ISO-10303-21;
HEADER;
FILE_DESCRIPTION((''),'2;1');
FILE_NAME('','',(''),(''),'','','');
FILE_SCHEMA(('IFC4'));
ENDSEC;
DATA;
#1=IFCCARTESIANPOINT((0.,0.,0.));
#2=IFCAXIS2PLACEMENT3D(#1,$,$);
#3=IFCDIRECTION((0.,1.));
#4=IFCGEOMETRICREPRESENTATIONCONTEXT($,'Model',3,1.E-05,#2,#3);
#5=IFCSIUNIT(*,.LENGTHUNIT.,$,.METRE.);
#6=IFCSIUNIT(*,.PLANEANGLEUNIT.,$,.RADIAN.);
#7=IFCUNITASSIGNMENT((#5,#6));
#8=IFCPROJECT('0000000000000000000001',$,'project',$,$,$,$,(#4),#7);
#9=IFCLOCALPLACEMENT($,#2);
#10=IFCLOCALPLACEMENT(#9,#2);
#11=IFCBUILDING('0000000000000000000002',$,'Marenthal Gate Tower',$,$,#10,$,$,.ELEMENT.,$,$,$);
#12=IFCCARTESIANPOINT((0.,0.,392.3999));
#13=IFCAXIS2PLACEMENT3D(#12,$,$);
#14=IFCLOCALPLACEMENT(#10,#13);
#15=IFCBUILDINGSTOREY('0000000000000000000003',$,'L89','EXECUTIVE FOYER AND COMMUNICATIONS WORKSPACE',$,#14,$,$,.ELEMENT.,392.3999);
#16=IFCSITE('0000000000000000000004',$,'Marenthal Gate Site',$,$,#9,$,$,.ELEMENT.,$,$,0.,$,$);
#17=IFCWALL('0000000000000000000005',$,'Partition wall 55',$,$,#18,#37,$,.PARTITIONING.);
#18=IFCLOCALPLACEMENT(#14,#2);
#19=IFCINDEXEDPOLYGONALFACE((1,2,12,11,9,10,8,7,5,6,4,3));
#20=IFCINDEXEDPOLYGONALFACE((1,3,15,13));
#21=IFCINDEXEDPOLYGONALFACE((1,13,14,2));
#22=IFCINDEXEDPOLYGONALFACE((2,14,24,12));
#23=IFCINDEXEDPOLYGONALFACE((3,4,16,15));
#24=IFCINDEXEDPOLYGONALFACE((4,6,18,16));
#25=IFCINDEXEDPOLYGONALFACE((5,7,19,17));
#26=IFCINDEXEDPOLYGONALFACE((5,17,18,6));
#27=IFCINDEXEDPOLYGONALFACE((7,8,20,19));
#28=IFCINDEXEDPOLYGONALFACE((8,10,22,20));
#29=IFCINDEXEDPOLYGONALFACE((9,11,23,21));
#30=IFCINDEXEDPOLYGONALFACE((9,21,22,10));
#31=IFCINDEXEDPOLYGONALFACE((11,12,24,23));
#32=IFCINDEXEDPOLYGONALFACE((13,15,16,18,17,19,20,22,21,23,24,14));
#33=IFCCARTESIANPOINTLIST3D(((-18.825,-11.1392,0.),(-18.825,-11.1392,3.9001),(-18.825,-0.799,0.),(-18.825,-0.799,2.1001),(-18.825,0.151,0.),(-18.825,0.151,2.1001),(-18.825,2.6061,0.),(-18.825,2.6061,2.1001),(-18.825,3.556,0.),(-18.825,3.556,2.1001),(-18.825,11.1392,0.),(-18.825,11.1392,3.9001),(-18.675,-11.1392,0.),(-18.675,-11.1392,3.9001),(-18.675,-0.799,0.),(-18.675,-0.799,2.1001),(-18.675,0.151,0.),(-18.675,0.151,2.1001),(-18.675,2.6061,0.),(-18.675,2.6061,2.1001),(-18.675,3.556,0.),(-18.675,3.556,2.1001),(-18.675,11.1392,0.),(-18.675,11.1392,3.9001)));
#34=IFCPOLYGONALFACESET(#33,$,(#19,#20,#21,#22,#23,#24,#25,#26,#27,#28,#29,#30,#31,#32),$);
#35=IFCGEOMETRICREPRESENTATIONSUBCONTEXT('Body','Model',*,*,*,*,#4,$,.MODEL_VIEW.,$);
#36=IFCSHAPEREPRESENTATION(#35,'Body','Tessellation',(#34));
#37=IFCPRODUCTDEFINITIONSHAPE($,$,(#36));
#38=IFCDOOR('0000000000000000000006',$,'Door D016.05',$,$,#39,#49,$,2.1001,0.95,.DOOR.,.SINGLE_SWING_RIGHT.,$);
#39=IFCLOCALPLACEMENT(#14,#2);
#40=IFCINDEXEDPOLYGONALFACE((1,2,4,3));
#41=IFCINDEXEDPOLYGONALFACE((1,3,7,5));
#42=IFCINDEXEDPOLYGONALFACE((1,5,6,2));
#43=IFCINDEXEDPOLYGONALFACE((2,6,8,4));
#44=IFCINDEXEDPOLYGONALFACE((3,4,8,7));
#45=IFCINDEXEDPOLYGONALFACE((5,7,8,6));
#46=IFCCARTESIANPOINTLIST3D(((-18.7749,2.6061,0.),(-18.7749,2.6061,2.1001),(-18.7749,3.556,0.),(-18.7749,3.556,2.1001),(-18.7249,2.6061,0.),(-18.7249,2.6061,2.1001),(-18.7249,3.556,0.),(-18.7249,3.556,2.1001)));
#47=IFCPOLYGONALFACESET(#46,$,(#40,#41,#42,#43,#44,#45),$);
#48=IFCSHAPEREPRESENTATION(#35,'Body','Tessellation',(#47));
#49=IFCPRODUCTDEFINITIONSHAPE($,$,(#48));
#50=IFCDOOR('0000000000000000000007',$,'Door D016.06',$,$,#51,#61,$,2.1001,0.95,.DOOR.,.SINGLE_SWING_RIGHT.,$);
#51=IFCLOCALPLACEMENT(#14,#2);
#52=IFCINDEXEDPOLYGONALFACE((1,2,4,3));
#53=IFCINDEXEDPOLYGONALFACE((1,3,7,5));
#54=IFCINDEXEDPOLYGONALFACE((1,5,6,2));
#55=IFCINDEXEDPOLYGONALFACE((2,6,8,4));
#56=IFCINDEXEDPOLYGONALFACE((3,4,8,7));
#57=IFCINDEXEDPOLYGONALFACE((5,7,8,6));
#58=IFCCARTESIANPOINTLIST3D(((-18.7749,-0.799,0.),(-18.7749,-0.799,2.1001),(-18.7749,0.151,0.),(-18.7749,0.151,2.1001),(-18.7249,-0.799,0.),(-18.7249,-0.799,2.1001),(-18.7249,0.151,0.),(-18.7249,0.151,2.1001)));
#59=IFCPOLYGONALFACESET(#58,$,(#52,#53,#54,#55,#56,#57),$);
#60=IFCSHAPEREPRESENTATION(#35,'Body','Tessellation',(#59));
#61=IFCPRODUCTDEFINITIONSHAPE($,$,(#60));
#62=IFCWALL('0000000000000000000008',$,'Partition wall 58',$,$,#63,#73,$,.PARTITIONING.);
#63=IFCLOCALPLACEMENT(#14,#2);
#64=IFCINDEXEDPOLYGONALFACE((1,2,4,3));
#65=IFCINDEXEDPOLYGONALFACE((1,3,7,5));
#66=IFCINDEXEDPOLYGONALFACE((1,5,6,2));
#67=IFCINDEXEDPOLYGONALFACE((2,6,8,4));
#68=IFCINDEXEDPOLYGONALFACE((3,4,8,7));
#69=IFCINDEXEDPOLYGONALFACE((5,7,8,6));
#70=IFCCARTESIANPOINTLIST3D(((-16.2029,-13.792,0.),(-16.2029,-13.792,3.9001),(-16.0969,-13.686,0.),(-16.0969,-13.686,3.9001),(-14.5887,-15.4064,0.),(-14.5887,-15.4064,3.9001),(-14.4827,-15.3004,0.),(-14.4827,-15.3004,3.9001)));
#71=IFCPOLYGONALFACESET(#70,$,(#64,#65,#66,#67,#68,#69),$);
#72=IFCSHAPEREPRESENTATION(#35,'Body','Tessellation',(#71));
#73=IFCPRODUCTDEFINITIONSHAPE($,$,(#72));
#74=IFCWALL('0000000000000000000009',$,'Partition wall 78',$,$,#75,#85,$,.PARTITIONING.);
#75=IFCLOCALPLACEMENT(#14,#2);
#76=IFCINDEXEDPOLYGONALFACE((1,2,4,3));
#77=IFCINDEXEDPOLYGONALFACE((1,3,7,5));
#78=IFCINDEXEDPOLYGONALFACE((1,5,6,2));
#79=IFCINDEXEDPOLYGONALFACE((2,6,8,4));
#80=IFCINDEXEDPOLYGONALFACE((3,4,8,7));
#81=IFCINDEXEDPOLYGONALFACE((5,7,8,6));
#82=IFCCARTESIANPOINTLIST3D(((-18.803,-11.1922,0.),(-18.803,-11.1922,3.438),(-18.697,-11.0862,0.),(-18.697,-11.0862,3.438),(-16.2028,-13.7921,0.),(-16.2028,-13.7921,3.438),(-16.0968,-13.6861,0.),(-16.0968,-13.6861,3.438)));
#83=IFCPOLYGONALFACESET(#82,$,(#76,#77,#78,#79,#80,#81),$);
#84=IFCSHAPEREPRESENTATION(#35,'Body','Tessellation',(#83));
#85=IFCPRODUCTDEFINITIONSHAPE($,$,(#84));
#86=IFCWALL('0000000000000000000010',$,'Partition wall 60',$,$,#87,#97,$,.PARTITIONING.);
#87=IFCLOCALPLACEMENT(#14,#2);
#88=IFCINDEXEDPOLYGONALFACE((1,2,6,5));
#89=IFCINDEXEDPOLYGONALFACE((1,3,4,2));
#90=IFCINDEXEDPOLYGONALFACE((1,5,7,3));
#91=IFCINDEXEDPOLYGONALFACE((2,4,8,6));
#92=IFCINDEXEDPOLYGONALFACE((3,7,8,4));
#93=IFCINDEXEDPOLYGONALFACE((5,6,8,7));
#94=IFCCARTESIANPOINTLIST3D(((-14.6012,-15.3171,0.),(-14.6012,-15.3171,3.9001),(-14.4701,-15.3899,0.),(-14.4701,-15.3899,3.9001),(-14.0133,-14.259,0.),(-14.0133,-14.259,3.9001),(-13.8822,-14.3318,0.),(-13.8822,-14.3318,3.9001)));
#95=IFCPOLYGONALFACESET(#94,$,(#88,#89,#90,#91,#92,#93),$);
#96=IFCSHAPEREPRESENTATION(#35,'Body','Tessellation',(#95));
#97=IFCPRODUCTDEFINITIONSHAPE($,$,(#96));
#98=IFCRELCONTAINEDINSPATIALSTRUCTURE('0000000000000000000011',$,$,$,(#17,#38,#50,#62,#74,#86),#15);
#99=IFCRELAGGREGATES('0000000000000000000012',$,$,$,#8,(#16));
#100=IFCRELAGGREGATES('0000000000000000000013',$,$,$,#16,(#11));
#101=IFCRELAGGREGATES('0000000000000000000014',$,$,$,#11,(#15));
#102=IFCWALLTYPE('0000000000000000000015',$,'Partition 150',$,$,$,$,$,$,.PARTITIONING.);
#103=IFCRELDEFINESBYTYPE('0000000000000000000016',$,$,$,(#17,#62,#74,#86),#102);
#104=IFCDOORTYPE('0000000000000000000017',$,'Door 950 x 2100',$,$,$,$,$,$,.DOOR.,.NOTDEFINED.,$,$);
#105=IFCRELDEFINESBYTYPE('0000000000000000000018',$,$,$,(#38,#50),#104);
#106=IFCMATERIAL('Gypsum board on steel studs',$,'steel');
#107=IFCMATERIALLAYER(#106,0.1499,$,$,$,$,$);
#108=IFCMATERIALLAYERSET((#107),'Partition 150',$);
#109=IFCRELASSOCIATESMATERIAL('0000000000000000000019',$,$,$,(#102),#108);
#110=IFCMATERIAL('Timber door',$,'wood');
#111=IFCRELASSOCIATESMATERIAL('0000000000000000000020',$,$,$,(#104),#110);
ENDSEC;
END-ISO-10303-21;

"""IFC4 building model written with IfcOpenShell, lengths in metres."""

from ifc_helpers import new_model, si_unit, direction, frame, frame_2d, origin, place, context, subcontext, project, spatial, rectangle, extrude, material, layer, layer_set, type_object, element, fill, save


model = new_model("IFC4")

# Units and contexts
model_context = context("Model", 3, precision=1e-05, world=origin(), true_north=direction((0.0, 1.0)))
body_context = subcontext(model_context, "Body", "Model", "MODEL_VIEW")
ifc_project = project(units=[si_unit("LENGTHUNIT", "METRE"), si_unit("PLANEANGLEUNIT", "RADIAN")], contexts=[model_context])

# Site, building, storey
site_placement = place(None, origin())
site = spatial("IfcSite", under=ifc_project, at=site_placement, Name="Marenthal Gate Site", CompositionType="ELEMENT", RefElevation=0.0)
building_placement = place(site_placement, origin())
building = spatial("IfcBuilding", under=site, at=building_placement, Name="Marenthal Gate Tower", CompositionType="ELEMENT")
storey_placement = place(building_placement, frame((0.0, 0.0, 392.3999)))
storey = spatial("IfcBuildingStorey", under=building, at=storey_placement, Name="L89", Description="EXECUTIVE FOYER AND COMMUNICATIONS WORKSPACE", CompositionType="ELEMENT", Elevation=392.3999)

# Wall, openings, doors
ifc_material_1 = material(Name="Gypsum board on steel studs", Category="steel")
ifc_layer_1 = layer(ifc_material_1, 0.1499)
ifc_layer_set_1 = layer_set([ifc_layer_1], Name="Partition 150")
wall_type_1 = type_object("IfcWallType", Name="Partition 150", PredefinedType="PARTITIONING", material=ifc_layer_set_1)
wall_1_placement = place(storey_placement, frame((-18.75, -11.1392, 0.0), z_axis=(0.0, 0.0, 1.0), x_axis=(0.0, 1.0, 0.0)))
wall_1 = element("IfcWall", 1, at=wall_1_placement, inside=storey, type_object=wall_type_1, Name="Partition wall 55", PredefinedType="PARTITIONING", context=body_context, shape_type="SweptSolid", body=[
    extrude(rectangle(XDim=22.2783, YDim=0.1499, at=frame_2d((11.1392, 0.0))), origin(), (0.0, 0.0, 1.0), 3.9001),
])
opening_1_placement = place(wall_1_placement, frame((13.7451, 0.0, 0.0)))
opening_1 = element("IfcOpeningElement", 2, at=opening_1_placement, cuts=wall_1, PredefinedType="OPENING", context=body_context, shape_type="SweptSolid", body=[
    extrude(rectangle(XDim=0.95, YDim=2.1001, at=frame_2d((0.4751, 1.05))), frame((0.0, 0.085, 0.0), z_axis=(0.0, -1.0, 0.0), x_axis=(1.0, 0.0, 0.0)), (0.0, 0.0, 1.0), 0.1699),
])
opening_2_placement = place(wall_1_placement, frame((10.3401, 0.0, 0.0)))
opening_2 = element("IfcOpeningElement", 3, at=opening_2_placement, cuts=wall_1, PredefinedType="OPENING", context=body_context, shape_type="SweptSolid", body=[
    extrude(rectangle(XDim=0.95, YDim=2.1001, at=frame_2d((0.4751, 1.05))), frame((0.0, 0.085, 0.0), z_axis=(0.0, -1.0, 0.0), x_axis=(1.0, 0.0, 0.0)), (0.0, 0.0, 1.0), 0.1699),
])
ifc_material_2 = material(Name="Timber door", Category="wood")
door_type_1 = type_object("IfcDoorType", Name="Door 950 x 2100", OperationType="NOTDEFINED", PredefinedType="DOOR", material=ifc_material_2)
door_1_placement = place(opening_1_placement, origin())
door_1 = element("IfcDoor", 4, at=door_1_placement, inside=storey, type_object=door_type_1, Name="Door D016.05", OperationType="SINGLE_SWING_RIGHT", OverallHeight=2.1001, OverallWidth=0.95, PredefinedType="DOOR", context=body_context, shape_type="SweptSolid", body=[
    extrude(rectangle(XDim=0.95, YDim=2.1001, at=frame_2d((0.4751, 1.05))), frame((0.0, 0.0249, 0.0), z_axis=(0.0, -1.0, 0.0), x_axis=(1.0, 0.0, 0.0)), (0.0, 0.0, 1.0), 0.05),
])
fill(opening_1, door_1)
door_2_placement = place(opening_2_placement, origin())
door_2 = element("IfcDoor", 5, at=door_2_placement, inside=storey, type_object=door_type_1, Name="Door D016.06", OperationType="SINGLE_SWING_RIGHT", OverallHeight=2.1001, OverallWidth=0.95, PredefinedType="DOOR", context=body_context, shape_type="SweptSolid", body=[
    extrude(rectangle(XDim=0.95, YDim=2.1001, at=frame_2d((0.4751, 1.05))), frame((0.0, 0.0249, 0.0), z_axis=(0.0, -1.0, 0.0), x_axis=(1.0, 0.0, 0.0)), (0.0, 0.0, 1.0), 0.05),
])
fill(opening_2, door_2)

# Walls
wall_2_placement = place(storey_placement, frame((-14.5356, -15.3535, 0.0), z_axis=(0.0, 0.0, 1.0), x_axis=(-0.707053, 0.70716, 0.0)))
element("IfcWall", 6, at=wall_2_placement, inside=storey, type_object=wall_type_1, Name="Partition wall 58", PredefinedType="PARTITIONING", context=body_context, shape_type="SweptSolid", body=[
    extrude(rectangle(XDim=2.283, YDim=0.1499, at=frame_2d((1.1416, 0.0))), origin(), (0.0, 0.0, 1.0), 3.9001),
])
wall_3_placement = place(storey_placement, frame((-16.1499, -13.739, 0.0), z_axis=(0.0, 0.0, 1.0), x_axis=(-0.70714, 0.707074, 0.0)))
element("IfcWall", 7, at=wall_3_placement, inside=storey, type_object=wall_type_1, Name="Partition wall 78", PredefinedType="PARTITIONING", context=body_context, shape_type="SweptSolid", body=[
    extrude(rectangle(XDim=3.677, YDim=0.1499, at=frame_2d((1.8384, 0.0))), origin(), (0.0, 0.0, 1.0), 3.438),
])
wall_4_placement = place(storey_placement, frame((-13.9478, -14.2954, 0.0), z_axis=(0.0, 0.0, 1.0), x_axis=(-0.485677, -0.874138, 0.0)))
element("IfcWall", 8, at=wall_4_placement, inside=storey, type_object=wall_type_1, Name="Partition wall 60", PredefinedType="PARTITIONING", context=body_context, shape_type="SweptSolid", body=[
    extrude(rectangle(XDim=1.2104, YDim=0.1499, at=frame_2d((0.6052, 0.0))), origin(), (0.0, 0.0, 1.0), 3.9001),
])

save(model, "model.ifc")
